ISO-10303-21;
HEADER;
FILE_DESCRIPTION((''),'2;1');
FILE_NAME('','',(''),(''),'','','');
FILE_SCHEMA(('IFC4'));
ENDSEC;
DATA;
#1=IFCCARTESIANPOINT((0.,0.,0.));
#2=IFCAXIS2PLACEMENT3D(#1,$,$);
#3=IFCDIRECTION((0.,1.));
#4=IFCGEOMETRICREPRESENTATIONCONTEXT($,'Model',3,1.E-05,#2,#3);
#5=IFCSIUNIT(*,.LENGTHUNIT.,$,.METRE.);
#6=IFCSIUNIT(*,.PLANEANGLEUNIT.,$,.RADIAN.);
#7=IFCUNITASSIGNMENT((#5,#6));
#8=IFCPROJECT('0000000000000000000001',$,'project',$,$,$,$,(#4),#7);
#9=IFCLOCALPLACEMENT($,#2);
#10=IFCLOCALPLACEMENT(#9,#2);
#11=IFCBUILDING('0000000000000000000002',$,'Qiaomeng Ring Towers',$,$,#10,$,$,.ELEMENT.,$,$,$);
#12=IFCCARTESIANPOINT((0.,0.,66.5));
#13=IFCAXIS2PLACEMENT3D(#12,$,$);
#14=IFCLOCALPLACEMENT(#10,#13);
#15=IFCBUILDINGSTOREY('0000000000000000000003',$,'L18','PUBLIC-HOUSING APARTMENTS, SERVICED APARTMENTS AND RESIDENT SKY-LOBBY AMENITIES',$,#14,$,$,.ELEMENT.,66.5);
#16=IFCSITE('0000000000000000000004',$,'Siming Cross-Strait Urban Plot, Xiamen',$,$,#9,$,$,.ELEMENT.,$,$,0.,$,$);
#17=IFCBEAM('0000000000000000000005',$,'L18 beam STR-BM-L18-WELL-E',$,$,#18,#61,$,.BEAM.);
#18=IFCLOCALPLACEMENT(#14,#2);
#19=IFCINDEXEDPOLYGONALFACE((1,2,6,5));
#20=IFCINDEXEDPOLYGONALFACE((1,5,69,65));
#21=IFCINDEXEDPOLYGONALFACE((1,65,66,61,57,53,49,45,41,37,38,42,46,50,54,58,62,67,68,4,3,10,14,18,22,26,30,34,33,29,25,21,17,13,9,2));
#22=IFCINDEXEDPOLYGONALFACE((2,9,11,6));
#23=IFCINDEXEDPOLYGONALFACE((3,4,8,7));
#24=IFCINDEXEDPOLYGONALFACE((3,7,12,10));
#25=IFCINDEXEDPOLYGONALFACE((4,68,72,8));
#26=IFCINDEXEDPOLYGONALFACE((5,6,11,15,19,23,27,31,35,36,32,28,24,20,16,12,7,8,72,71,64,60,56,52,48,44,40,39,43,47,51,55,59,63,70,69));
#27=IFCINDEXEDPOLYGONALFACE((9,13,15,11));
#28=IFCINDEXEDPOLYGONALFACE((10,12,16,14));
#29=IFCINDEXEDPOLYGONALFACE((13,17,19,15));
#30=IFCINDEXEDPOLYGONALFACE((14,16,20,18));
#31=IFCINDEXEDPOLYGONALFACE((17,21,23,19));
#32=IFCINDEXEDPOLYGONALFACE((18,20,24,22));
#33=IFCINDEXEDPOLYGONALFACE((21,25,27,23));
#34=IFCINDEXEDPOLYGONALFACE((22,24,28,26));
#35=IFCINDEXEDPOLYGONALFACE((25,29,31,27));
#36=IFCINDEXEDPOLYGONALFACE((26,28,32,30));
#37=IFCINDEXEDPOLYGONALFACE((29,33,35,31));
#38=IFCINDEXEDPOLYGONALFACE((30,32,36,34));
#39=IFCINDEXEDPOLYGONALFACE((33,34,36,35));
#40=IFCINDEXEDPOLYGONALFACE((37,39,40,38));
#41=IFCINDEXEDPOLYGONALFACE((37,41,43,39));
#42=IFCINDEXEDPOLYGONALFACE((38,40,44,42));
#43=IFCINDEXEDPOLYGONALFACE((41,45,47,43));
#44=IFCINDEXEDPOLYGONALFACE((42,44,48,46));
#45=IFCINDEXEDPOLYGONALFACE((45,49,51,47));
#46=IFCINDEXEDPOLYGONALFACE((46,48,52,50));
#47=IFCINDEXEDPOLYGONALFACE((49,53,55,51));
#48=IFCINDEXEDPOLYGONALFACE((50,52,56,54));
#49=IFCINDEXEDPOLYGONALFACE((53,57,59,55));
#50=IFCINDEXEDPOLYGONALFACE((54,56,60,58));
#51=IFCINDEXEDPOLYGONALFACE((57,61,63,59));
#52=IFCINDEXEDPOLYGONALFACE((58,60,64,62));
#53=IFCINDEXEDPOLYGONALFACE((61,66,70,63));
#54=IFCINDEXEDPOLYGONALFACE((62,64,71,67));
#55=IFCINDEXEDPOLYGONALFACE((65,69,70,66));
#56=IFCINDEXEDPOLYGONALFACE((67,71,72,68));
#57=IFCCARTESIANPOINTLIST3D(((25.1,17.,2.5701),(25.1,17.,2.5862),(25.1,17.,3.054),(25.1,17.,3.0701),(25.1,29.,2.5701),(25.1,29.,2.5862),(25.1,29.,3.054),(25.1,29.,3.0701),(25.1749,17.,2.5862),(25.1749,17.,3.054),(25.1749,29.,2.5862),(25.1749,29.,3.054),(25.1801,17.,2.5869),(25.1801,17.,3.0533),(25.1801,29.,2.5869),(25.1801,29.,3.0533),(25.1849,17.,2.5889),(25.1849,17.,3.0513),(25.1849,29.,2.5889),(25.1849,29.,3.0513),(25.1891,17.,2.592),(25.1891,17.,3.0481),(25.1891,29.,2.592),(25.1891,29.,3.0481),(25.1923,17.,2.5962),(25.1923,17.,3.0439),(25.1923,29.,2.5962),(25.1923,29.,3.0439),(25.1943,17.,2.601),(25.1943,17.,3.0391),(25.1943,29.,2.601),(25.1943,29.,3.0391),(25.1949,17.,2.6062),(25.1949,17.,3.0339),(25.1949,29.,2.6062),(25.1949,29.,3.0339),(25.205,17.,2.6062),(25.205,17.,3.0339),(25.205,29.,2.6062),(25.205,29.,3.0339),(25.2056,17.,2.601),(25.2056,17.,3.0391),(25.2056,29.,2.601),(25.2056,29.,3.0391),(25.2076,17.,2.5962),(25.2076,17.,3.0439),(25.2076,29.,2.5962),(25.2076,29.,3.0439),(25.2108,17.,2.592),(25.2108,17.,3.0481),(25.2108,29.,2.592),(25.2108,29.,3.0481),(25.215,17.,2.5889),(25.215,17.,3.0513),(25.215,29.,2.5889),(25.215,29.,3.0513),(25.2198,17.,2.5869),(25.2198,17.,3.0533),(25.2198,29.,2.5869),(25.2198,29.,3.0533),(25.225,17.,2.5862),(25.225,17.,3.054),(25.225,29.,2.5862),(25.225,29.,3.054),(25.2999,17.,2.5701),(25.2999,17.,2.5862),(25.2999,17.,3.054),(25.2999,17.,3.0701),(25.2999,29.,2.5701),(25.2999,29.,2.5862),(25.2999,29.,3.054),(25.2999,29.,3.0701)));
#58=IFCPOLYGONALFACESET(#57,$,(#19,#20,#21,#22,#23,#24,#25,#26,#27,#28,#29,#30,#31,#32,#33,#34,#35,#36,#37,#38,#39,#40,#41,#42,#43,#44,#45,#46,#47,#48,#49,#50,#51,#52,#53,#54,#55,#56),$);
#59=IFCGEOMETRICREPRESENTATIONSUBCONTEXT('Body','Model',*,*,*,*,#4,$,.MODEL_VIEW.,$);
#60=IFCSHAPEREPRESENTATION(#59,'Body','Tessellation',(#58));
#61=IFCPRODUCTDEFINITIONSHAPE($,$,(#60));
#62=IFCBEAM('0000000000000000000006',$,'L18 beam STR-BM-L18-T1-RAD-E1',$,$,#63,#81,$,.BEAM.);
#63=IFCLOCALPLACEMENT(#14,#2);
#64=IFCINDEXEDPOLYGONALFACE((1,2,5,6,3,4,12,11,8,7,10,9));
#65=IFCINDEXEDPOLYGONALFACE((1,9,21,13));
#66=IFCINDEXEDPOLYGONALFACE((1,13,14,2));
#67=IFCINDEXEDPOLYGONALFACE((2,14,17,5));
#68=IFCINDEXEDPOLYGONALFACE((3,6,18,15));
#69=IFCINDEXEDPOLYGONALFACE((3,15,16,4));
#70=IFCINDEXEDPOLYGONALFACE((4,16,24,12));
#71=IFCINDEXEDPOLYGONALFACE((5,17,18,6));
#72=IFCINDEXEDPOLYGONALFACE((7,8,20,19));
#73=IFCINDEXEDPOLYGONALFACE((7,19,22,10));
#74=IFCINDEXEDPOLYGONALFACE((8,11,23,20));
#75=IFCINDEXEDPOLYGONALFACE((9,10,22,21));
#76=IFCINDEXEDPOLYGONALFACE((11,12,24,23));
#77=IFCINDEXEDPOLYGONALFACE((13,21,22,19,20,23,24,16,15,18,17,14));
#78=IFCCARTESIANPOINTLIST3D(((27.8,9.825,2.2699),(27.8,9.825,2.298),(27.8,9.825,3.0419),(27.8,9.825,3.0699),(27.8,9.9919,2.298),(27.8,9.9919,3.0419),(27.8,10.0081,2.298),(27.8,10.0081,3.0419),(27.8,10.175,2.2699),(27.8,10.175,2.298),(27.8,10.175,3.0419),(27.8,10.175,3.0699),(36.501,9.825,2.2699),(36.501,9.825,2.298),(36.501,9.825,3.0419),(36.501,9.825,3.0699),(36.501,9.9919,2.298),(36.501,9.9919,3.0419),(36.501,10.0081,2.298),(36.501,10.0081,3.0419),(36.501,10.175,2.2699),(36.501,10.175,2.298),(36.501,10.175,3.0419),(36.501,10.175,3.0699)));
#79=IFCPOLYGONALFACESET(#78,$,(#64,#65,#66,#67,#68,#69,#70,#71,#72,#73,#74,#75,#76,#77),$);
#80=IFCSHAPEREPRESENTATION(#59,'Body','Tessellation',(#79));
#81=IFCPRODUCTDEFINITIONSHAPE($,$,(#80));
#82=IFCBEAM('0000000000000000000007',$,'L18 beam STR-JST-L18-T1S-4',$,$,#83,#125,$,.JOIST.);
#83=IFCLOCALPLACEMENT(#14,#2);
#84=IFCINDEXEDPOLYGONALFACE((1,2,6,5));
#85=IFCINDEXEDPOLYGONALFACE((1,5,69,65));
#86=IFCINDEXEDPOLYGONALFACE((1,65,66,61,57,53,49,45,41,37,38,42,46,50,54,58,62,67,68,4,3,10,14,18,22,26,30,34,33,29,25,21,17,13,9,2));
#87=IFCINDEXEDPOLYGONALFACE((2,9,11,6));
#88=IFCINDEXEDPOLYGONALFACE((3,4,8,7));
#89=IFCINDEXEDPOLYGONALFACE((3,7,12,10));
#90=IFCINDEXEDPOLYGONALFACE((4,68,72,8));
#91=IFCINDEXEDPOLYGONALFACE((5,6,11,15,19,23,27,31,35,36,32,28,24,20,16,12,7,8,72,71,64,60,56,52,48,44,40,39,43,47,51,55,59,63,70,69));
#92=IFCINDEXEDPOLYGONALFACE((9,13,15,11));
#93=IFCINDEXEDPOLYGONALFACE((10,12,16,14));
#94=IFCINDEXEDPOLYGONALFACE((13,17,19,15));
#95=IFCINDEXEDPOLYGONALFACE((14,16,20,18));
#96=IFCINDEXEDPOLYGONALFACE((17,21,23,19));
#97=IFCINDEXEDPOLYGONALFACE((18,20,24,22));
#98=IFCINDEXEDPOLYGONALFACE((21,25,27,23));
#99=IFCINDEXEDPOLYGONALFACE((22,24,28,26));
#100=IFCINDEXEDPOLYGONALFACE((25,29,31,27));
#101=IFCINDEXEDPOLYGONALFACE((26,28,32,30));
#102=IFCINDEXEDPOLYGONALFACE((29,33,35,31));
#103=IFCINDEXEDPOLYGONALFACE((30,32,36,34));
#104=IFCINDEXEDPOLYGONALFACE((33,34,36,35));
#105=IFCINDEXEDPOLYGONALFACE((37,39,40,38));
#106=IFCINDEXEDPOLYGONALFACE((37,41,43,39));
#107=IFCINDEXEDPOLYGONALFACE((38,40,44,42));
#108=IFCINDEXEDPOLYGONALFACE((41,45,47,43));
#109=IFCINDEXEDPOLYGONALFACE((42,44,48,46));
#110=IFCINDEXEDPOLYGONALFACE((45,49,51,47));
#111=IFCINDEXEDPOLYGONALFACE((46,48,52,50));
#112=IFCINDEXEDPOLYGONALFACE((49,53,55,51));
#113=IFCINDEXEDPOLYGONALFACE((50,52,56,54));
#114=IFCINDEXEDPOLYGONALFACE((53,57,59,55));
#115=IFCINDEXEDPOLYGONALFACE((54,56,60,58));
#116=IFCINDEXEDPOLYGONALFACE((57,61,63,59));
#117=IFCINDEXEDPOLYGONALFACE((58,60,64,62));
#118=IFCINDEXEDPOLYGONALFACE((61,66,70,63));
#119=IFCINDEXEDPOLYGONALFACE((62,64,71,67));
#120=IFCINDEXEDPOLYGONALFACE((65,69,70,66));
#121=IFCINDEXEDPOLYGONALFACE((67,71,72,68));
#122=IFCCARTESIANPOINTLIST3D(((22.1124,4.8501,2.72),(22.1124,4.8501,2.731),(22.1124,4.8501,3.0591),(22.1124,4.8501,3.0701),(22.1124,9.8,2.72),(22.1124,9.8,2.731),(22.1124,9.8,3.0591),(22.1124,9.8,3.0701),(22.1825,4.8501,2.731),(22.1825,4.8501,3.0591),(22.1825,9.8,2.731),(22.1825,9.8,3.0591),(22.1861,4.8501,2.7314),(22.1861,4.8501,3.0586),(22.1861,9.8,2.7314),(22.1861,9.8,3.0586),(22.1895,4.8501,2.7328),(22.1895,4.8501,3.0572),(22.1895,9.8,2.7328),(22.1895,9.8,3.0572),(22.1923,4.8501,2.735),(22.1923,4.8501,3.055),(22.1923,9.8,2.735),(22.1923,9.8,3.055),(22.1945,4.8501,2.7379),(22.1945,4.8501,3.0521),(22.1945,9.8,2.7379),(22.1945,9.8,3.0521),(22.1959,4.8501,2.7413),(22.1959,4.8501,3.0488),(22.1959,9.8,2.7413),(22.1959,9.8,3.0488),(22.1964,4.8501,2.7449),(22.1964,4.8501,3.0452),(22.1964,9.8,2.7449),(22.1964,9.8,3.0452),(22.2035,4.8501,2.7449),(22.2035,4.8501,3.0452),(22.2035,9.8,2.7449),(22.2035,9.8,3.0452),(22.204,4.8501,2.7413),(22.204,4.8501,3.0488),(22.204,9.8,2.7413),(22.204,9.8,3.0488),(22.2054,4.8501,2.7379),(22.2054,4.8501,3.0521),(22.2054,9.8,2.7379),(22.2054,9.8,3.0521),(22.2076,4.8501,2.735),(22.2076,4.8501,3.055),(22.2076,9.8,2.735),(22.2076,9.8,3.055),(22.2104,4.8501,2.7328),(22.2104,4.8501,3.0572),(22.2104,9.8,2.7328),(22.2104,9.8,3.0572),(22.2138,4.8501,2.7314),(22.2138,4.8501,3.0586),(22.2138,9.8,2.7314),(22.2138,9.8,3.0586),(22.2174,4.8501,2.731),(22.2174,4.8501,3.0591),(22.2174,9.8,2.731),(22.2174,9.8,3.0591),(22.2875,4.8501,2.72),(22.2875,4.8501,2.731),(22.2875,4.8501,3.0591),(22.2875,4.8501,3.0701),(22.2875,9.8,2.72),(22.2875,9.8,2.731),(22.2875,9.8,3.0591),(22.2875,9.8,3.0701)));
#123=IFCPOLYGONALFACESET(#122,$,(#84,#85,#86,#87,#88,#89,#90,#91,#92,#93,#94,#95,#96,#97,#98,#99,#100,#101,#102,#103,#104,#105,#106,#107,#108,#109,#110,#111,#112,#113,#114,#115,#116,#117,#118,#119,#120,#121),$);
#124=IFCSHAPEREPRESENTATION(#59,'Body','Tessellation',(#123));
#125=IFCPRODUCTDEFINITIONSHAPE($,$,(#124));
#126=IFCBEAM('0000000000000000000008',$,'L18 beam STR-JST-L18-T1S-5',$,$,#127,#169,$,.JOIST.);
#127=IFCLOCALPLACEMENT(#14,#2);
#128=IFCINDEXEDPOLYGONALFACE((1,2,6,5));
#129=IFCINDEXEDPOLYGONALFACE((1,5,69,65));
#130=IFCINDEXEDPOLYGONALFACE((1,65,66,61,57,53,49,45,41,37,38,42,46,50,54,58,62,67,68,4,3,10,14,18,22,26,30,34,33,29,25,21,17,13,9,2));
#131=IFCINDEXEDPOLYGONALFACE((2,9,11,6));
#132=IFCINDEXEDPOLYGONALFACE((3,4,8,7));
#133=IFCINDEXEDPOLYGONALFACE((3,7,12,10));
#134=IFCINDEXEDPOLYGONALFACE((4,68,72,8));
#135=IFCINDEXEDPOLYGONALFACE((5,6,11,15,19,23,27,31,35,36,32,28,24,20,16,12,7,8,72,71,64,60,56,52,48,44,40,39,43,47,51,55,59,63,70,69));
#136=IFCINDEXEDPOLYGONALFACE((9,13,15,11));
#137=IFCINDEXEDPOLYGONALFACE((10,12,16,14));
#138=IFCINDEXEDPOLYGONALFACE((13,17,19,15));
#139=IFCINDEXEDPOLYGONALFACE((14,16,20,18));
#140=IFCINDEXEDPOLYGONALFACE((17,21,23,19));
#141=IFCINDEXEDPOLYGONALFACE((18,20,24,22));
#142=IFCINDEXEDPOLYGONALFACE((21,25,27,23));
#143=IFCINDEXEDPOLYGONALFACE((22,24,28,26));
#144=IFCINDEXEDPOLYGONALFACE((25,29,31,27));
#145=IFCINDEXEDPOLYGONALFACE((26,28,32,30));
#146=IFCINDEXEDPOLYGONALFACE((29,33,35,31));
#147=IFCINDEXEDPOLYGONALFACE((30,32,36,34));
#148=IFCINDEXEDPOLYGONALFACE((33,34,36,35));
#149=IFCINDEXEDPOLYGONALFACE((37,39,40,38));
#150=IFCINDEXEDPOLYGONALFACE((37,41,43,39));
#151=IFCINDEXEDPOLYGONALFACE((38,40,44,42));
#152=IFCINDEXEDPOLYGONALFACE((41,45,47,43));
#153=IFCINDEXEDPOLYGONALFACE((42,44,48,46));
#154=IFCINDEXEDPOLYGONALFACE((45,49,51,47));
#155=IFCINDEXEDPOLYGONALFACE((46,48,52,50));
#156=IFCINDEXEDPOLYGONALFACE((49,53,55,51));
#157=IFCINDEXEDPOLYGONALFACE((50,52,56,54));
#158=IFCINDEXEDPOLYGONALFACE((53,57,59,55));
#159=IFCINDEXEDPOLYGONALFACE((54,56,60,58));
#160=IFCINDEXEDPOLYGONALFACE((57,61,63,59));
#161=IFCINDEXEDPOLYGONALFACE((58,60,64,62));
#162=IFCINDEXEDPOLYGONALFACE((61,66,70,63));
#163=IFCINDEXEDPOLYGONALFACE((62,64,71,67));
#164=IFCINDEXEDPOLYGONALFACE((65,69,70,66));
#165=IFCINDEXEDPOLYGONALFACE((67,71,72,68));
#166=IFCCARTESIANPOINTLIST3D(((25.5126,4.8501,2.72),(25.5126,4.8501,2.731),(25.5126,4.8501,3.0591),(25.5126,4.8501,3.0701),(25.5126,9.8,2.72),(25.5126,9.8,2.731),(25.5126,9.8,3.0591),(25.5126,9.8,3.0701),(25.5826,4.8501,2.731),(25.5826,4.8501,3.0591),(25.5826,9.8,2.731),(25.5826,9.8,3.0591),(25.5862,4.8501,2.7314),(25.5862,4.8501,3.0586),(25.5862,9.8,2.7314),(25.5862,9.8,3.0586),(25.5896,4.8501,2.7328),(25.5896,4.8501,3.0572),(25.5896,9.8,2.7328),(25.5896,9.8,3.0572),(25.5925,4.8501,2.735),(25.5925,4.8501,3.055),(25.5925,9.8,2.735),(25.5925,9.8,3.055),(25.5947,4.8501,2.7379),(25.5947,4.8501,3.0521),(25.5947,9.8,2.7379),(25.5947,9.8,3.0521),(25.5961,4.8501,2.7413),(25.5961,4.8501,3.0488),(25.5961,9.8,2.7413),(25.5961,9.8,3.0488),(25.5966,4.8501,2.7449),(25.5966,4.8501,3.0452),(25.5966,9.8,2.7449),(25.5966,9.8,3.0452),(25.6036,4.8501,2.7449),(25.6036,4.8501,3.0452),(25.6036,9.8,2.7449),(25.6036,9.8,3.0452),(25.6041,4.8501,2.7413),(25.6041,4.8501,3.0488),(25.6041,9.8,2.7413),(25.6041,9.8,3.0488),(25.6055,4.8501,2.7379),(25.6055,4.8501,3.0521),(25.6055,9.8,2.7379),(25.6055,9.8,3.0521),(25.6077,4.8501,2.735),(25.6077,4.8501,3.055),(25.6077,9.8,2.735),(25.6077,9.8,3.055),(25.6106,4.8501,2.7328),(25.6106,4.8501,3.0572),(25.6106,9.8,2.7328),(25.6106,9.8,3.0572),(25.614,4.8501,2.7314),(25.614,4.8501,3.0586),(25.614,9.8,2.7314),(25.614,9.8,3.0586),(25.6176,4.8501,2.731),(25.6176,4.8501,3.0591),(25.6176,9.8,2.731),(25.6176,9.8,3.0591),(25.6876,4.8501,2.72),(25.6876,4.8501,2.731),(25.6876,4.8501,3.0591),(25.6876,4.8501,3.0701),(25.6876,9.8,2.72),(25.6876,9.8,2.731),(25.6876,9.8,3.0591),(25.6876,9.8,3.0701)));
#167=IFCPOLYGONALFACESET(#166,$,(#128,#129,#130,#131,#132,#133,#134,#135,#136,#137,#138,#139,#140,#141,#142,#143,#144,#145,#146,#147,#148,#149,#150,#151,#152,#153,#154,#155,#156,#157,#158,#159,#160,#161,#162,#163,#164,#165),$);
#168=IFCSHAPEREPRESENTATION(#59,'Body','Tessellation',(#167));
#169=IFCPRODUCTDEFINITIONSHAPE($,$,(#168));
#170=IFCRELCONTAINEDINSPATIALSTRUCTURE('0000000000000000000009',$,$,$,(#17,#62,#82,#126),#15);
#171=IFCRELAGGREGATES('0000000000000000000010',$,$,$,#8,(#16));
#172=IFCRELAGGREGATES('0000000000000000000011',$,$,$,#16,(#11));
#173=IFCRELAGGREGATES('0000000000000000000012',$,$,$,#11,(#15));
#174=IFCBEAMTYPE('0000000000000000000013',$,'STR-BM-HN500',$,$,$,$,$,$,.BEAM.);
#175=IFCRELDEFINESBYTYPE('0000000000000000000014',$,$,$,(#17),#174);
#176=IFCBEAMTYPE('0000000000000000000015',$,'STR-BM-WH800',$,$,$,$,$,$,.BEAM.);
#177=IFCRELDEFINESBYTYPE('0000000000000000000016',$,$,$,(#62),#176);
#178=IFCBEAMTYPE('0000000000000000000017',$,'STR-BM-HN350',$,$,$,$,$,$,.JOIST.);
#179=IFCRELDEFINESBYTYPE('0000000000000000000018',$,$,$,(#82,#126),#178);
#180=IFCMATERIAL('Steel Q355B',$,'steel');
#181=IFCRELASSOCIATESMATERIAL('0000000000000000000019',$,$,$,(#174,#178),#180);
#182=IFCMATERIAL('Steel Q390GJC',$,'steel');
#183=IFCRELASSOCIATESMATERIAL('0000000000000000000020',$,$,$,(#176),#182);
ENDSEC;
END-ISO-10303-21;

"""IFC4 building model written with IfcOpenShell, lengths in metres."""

from ifc_helpers import new_model, si_unit, direction, frame, origin, origin_2d, place, context, subcontext, project, spatial, i_section, extrude, source, transform, mapped, material, material_profile, profile_set, type_object, element, save


model = new_model("IFC4")

# Units and contexts
model_context = context("Model", 3, precision=1e-05, world=origin(), true_north=direction((0.0, 1.0)))
body_context = subcontext(model_context, "Body", "Model", "MODEL_VIEW")
ifc_project = project(units=[si_unit("LENGTHUNIT", "METRE"), si_unit("PLANEANGLEUNIT", "RADIAN")], contexts=[model_context])

# Site, building, storey
site_placement = place(None, origin())
site = spatial("IfcSite", under=ifc_project, at=site_placement, Name="Siming Cross-Strait Urban Plot, Xiamen", CompositionType="ELEMENT", RefElevation=0.0)
building_placement = place(site_placement, origin())
building = spatial("IfcBuilding", under=site, at=building_placement, Name="Qiaomeng Ring Towers", CompositionType="ELEMENT")
storey_placement = place(building_placement, frame((0.0, 0.0, 66.5)))
storey = spatial("IfcBuildingStorey", under=building, at=storey_placement, Name="L18", Description="PUBLIC-HOUSING APARTMENTS, SERVICED APARTMENTS AND RESIDENT SKY-LOBBY AMENITIES", CompositionType="ELEMENT", Elevation=66.5)

# Beams
ifc_material_1 = material(Name="Steel Q355B", Category="steel")
ifc_material_profile_1 = material_profile(ifc_material_1, i_section(OverallWidth=0.2, OverallDepth=0.5, WebThickness=0.01, FlangeThickness=0.0161, FilletRadius=0.02, at=origin_2d()), Name="HN 500x200x10x16")
ifc_profile_set_1 = profile_set([ifc_material_profile_1], Name="Steel Q355B")
beam_type_1 = type_object("IfcBeamType", Name="STR-BM-HN500", PredefinedType="BEAM", material=ifc_profile_set_1)
shared_shape_1 = source(origin(), body_context, "Body", "SweptSolid", [
    extrude(i_section(OverallWidth=0.2, OverallDepth=0.5, WebThickness=0.01, FlangeThickness=0.0161, FilletRadius=0.02, at=origin_2d()), origin(), (0.0, 0.0, 1.0), 12.0),
])
beam_1_placement = place(storey_placement, frame((25.2, 17.0, 2.8201), z_axis=(0.0, 1.0, 0.0), x_axis=(-1.0, 0.0, 0.0)))
element("IfcBeam", 1, at=beam_1_placement, inside=storey, type_object=beam_type_1, Name="L18 beam STR-BM-L18-WELL-E", PredefinedType="BEAM", context=body_context, shape_type="MappedRepresentation", body=[
    mapped(shared_shape_1, transform((0.0, 0.0, 0.0), x_axis=(1.0, 0.0, 0.0), y_axis=(0.0, 1.0, 0.0), z_axis=(0.0, 0.0, 1.0), scale=1.0)),
])
ifc_material_2 = material(Name="Steel Q390GJC", Category="steel")
ifc_material_profile_2 = material_profile(ifc_material_2, i_section(OverallWidth=0.3501, OverallDepth=0.8, WebThickness=0.0161, FlangeThickness=0.0281, at=origin_2d()), Name="WH 800x350x16x28")
ifc_profile_set_2 = profile_set([ifc_material_profile_2], Name="Steel Q390GJC")
beam_type_2 = type_object("IfcBeamType", Name="STR-BM-WH800", PredefinedType="BEAM", material=ifc_profile_set_2)
shared_shape_2 = source(origin(), body_context, "Body", "SweptSolid", [
    extrude(i_section(OverallWidth=0.3501, OverallDepth=0.8, WebThickness=0.0161, FlangeThickness=0.0281, at=origin_2d()), origin(), (0.0, 0.0, 1.0), 8.7009),
])
beam_2_placement = place(storey_placement, frame((27.8, 10.0, 2.6699), z_axis=(1.0, 0.0, 0.0), x_axis=(0.0, 1.0, 0.0)))
element("IfcBeam", 2, at=beam_2_placement, inside=storey, type_object=beam_type_2, Name="L18 beam STR-BM-L18-T1-RAD-E1", PredefinedType="BEAM", context=body_context, shape_type="MappedRepresentation", body=[
    mapped(shared_shape_2, transform((0.0, 0.0, 0.0), x_axis=(1.0, 0.0, 0.0), y_axis=(0.0, 1.0, 0.0), z_axis=(0.0, 0.0, 1.0), scale=1.0)),
])
ifc_material_profile_3 = material_profile(ifc_material_1, i_section(OverallWidth=0.175, OverallDepth=0.3501, WebThickness=0.0071, FlangeThickness=0.011, FilletRadius=0.0139, at=origin_2d()), Name="HN 350x175x7x11")
ifc_profile_set_3 = profile_set([ifc_material_profile_3], Name="Steel Q355B")
beam_type_3 = type_object("IfcBeamType", Name="STR-BM-HN350", PredefinedType="JOIST", material=ifc_profile_set_3)
shared_shape_3 = source(origin(), body_context, "Body", "SweptSolid", [
    extrude(i_section(OverallWidth=0.175, OverallDepth=0.3501, WebThickness=0.0071, FlangeThickness=0.011, FilletRadius=0.0139, at=origin_2d()), origin(), (0.0, 0.0, 1.0), 4.95),
])
for number, where, z_axis, x_axis, name in (
    (3, (22.2, 4.8501, 2.895), (0.0, 1.0, 0.0), (-1.0, 0.0, 0.0), "L18 beam STR-JST-L18-T1S-4"),
    (4, (25.6001, 4.8501, 2.895), (0.0, 1.0, 0.0), (-1.0, 0.0, 0.0), "L18 beam STR-JST-L18-T1S-5"),
):
    element("IfcBeam", number, at=place(storey_placement, frame(where, z_axis=z_axis, x_axis=x_axis)), inside=storey, type_object=beam_type_3, Name=name, PredefinedType="JOIST", context=body_context, shape_type="MappedRepresentation", body=[
        mapped(shared_shape_3, transform((0.0, 0.0, 0.0), x_axis=(1.0, 0.0, 0.0), y_axis=(0.0, 1.0, 0.0), z_axis=(0.0, 0.0, 1.0), scale=1.0)),
    ])

save(model, "model.ifc")
